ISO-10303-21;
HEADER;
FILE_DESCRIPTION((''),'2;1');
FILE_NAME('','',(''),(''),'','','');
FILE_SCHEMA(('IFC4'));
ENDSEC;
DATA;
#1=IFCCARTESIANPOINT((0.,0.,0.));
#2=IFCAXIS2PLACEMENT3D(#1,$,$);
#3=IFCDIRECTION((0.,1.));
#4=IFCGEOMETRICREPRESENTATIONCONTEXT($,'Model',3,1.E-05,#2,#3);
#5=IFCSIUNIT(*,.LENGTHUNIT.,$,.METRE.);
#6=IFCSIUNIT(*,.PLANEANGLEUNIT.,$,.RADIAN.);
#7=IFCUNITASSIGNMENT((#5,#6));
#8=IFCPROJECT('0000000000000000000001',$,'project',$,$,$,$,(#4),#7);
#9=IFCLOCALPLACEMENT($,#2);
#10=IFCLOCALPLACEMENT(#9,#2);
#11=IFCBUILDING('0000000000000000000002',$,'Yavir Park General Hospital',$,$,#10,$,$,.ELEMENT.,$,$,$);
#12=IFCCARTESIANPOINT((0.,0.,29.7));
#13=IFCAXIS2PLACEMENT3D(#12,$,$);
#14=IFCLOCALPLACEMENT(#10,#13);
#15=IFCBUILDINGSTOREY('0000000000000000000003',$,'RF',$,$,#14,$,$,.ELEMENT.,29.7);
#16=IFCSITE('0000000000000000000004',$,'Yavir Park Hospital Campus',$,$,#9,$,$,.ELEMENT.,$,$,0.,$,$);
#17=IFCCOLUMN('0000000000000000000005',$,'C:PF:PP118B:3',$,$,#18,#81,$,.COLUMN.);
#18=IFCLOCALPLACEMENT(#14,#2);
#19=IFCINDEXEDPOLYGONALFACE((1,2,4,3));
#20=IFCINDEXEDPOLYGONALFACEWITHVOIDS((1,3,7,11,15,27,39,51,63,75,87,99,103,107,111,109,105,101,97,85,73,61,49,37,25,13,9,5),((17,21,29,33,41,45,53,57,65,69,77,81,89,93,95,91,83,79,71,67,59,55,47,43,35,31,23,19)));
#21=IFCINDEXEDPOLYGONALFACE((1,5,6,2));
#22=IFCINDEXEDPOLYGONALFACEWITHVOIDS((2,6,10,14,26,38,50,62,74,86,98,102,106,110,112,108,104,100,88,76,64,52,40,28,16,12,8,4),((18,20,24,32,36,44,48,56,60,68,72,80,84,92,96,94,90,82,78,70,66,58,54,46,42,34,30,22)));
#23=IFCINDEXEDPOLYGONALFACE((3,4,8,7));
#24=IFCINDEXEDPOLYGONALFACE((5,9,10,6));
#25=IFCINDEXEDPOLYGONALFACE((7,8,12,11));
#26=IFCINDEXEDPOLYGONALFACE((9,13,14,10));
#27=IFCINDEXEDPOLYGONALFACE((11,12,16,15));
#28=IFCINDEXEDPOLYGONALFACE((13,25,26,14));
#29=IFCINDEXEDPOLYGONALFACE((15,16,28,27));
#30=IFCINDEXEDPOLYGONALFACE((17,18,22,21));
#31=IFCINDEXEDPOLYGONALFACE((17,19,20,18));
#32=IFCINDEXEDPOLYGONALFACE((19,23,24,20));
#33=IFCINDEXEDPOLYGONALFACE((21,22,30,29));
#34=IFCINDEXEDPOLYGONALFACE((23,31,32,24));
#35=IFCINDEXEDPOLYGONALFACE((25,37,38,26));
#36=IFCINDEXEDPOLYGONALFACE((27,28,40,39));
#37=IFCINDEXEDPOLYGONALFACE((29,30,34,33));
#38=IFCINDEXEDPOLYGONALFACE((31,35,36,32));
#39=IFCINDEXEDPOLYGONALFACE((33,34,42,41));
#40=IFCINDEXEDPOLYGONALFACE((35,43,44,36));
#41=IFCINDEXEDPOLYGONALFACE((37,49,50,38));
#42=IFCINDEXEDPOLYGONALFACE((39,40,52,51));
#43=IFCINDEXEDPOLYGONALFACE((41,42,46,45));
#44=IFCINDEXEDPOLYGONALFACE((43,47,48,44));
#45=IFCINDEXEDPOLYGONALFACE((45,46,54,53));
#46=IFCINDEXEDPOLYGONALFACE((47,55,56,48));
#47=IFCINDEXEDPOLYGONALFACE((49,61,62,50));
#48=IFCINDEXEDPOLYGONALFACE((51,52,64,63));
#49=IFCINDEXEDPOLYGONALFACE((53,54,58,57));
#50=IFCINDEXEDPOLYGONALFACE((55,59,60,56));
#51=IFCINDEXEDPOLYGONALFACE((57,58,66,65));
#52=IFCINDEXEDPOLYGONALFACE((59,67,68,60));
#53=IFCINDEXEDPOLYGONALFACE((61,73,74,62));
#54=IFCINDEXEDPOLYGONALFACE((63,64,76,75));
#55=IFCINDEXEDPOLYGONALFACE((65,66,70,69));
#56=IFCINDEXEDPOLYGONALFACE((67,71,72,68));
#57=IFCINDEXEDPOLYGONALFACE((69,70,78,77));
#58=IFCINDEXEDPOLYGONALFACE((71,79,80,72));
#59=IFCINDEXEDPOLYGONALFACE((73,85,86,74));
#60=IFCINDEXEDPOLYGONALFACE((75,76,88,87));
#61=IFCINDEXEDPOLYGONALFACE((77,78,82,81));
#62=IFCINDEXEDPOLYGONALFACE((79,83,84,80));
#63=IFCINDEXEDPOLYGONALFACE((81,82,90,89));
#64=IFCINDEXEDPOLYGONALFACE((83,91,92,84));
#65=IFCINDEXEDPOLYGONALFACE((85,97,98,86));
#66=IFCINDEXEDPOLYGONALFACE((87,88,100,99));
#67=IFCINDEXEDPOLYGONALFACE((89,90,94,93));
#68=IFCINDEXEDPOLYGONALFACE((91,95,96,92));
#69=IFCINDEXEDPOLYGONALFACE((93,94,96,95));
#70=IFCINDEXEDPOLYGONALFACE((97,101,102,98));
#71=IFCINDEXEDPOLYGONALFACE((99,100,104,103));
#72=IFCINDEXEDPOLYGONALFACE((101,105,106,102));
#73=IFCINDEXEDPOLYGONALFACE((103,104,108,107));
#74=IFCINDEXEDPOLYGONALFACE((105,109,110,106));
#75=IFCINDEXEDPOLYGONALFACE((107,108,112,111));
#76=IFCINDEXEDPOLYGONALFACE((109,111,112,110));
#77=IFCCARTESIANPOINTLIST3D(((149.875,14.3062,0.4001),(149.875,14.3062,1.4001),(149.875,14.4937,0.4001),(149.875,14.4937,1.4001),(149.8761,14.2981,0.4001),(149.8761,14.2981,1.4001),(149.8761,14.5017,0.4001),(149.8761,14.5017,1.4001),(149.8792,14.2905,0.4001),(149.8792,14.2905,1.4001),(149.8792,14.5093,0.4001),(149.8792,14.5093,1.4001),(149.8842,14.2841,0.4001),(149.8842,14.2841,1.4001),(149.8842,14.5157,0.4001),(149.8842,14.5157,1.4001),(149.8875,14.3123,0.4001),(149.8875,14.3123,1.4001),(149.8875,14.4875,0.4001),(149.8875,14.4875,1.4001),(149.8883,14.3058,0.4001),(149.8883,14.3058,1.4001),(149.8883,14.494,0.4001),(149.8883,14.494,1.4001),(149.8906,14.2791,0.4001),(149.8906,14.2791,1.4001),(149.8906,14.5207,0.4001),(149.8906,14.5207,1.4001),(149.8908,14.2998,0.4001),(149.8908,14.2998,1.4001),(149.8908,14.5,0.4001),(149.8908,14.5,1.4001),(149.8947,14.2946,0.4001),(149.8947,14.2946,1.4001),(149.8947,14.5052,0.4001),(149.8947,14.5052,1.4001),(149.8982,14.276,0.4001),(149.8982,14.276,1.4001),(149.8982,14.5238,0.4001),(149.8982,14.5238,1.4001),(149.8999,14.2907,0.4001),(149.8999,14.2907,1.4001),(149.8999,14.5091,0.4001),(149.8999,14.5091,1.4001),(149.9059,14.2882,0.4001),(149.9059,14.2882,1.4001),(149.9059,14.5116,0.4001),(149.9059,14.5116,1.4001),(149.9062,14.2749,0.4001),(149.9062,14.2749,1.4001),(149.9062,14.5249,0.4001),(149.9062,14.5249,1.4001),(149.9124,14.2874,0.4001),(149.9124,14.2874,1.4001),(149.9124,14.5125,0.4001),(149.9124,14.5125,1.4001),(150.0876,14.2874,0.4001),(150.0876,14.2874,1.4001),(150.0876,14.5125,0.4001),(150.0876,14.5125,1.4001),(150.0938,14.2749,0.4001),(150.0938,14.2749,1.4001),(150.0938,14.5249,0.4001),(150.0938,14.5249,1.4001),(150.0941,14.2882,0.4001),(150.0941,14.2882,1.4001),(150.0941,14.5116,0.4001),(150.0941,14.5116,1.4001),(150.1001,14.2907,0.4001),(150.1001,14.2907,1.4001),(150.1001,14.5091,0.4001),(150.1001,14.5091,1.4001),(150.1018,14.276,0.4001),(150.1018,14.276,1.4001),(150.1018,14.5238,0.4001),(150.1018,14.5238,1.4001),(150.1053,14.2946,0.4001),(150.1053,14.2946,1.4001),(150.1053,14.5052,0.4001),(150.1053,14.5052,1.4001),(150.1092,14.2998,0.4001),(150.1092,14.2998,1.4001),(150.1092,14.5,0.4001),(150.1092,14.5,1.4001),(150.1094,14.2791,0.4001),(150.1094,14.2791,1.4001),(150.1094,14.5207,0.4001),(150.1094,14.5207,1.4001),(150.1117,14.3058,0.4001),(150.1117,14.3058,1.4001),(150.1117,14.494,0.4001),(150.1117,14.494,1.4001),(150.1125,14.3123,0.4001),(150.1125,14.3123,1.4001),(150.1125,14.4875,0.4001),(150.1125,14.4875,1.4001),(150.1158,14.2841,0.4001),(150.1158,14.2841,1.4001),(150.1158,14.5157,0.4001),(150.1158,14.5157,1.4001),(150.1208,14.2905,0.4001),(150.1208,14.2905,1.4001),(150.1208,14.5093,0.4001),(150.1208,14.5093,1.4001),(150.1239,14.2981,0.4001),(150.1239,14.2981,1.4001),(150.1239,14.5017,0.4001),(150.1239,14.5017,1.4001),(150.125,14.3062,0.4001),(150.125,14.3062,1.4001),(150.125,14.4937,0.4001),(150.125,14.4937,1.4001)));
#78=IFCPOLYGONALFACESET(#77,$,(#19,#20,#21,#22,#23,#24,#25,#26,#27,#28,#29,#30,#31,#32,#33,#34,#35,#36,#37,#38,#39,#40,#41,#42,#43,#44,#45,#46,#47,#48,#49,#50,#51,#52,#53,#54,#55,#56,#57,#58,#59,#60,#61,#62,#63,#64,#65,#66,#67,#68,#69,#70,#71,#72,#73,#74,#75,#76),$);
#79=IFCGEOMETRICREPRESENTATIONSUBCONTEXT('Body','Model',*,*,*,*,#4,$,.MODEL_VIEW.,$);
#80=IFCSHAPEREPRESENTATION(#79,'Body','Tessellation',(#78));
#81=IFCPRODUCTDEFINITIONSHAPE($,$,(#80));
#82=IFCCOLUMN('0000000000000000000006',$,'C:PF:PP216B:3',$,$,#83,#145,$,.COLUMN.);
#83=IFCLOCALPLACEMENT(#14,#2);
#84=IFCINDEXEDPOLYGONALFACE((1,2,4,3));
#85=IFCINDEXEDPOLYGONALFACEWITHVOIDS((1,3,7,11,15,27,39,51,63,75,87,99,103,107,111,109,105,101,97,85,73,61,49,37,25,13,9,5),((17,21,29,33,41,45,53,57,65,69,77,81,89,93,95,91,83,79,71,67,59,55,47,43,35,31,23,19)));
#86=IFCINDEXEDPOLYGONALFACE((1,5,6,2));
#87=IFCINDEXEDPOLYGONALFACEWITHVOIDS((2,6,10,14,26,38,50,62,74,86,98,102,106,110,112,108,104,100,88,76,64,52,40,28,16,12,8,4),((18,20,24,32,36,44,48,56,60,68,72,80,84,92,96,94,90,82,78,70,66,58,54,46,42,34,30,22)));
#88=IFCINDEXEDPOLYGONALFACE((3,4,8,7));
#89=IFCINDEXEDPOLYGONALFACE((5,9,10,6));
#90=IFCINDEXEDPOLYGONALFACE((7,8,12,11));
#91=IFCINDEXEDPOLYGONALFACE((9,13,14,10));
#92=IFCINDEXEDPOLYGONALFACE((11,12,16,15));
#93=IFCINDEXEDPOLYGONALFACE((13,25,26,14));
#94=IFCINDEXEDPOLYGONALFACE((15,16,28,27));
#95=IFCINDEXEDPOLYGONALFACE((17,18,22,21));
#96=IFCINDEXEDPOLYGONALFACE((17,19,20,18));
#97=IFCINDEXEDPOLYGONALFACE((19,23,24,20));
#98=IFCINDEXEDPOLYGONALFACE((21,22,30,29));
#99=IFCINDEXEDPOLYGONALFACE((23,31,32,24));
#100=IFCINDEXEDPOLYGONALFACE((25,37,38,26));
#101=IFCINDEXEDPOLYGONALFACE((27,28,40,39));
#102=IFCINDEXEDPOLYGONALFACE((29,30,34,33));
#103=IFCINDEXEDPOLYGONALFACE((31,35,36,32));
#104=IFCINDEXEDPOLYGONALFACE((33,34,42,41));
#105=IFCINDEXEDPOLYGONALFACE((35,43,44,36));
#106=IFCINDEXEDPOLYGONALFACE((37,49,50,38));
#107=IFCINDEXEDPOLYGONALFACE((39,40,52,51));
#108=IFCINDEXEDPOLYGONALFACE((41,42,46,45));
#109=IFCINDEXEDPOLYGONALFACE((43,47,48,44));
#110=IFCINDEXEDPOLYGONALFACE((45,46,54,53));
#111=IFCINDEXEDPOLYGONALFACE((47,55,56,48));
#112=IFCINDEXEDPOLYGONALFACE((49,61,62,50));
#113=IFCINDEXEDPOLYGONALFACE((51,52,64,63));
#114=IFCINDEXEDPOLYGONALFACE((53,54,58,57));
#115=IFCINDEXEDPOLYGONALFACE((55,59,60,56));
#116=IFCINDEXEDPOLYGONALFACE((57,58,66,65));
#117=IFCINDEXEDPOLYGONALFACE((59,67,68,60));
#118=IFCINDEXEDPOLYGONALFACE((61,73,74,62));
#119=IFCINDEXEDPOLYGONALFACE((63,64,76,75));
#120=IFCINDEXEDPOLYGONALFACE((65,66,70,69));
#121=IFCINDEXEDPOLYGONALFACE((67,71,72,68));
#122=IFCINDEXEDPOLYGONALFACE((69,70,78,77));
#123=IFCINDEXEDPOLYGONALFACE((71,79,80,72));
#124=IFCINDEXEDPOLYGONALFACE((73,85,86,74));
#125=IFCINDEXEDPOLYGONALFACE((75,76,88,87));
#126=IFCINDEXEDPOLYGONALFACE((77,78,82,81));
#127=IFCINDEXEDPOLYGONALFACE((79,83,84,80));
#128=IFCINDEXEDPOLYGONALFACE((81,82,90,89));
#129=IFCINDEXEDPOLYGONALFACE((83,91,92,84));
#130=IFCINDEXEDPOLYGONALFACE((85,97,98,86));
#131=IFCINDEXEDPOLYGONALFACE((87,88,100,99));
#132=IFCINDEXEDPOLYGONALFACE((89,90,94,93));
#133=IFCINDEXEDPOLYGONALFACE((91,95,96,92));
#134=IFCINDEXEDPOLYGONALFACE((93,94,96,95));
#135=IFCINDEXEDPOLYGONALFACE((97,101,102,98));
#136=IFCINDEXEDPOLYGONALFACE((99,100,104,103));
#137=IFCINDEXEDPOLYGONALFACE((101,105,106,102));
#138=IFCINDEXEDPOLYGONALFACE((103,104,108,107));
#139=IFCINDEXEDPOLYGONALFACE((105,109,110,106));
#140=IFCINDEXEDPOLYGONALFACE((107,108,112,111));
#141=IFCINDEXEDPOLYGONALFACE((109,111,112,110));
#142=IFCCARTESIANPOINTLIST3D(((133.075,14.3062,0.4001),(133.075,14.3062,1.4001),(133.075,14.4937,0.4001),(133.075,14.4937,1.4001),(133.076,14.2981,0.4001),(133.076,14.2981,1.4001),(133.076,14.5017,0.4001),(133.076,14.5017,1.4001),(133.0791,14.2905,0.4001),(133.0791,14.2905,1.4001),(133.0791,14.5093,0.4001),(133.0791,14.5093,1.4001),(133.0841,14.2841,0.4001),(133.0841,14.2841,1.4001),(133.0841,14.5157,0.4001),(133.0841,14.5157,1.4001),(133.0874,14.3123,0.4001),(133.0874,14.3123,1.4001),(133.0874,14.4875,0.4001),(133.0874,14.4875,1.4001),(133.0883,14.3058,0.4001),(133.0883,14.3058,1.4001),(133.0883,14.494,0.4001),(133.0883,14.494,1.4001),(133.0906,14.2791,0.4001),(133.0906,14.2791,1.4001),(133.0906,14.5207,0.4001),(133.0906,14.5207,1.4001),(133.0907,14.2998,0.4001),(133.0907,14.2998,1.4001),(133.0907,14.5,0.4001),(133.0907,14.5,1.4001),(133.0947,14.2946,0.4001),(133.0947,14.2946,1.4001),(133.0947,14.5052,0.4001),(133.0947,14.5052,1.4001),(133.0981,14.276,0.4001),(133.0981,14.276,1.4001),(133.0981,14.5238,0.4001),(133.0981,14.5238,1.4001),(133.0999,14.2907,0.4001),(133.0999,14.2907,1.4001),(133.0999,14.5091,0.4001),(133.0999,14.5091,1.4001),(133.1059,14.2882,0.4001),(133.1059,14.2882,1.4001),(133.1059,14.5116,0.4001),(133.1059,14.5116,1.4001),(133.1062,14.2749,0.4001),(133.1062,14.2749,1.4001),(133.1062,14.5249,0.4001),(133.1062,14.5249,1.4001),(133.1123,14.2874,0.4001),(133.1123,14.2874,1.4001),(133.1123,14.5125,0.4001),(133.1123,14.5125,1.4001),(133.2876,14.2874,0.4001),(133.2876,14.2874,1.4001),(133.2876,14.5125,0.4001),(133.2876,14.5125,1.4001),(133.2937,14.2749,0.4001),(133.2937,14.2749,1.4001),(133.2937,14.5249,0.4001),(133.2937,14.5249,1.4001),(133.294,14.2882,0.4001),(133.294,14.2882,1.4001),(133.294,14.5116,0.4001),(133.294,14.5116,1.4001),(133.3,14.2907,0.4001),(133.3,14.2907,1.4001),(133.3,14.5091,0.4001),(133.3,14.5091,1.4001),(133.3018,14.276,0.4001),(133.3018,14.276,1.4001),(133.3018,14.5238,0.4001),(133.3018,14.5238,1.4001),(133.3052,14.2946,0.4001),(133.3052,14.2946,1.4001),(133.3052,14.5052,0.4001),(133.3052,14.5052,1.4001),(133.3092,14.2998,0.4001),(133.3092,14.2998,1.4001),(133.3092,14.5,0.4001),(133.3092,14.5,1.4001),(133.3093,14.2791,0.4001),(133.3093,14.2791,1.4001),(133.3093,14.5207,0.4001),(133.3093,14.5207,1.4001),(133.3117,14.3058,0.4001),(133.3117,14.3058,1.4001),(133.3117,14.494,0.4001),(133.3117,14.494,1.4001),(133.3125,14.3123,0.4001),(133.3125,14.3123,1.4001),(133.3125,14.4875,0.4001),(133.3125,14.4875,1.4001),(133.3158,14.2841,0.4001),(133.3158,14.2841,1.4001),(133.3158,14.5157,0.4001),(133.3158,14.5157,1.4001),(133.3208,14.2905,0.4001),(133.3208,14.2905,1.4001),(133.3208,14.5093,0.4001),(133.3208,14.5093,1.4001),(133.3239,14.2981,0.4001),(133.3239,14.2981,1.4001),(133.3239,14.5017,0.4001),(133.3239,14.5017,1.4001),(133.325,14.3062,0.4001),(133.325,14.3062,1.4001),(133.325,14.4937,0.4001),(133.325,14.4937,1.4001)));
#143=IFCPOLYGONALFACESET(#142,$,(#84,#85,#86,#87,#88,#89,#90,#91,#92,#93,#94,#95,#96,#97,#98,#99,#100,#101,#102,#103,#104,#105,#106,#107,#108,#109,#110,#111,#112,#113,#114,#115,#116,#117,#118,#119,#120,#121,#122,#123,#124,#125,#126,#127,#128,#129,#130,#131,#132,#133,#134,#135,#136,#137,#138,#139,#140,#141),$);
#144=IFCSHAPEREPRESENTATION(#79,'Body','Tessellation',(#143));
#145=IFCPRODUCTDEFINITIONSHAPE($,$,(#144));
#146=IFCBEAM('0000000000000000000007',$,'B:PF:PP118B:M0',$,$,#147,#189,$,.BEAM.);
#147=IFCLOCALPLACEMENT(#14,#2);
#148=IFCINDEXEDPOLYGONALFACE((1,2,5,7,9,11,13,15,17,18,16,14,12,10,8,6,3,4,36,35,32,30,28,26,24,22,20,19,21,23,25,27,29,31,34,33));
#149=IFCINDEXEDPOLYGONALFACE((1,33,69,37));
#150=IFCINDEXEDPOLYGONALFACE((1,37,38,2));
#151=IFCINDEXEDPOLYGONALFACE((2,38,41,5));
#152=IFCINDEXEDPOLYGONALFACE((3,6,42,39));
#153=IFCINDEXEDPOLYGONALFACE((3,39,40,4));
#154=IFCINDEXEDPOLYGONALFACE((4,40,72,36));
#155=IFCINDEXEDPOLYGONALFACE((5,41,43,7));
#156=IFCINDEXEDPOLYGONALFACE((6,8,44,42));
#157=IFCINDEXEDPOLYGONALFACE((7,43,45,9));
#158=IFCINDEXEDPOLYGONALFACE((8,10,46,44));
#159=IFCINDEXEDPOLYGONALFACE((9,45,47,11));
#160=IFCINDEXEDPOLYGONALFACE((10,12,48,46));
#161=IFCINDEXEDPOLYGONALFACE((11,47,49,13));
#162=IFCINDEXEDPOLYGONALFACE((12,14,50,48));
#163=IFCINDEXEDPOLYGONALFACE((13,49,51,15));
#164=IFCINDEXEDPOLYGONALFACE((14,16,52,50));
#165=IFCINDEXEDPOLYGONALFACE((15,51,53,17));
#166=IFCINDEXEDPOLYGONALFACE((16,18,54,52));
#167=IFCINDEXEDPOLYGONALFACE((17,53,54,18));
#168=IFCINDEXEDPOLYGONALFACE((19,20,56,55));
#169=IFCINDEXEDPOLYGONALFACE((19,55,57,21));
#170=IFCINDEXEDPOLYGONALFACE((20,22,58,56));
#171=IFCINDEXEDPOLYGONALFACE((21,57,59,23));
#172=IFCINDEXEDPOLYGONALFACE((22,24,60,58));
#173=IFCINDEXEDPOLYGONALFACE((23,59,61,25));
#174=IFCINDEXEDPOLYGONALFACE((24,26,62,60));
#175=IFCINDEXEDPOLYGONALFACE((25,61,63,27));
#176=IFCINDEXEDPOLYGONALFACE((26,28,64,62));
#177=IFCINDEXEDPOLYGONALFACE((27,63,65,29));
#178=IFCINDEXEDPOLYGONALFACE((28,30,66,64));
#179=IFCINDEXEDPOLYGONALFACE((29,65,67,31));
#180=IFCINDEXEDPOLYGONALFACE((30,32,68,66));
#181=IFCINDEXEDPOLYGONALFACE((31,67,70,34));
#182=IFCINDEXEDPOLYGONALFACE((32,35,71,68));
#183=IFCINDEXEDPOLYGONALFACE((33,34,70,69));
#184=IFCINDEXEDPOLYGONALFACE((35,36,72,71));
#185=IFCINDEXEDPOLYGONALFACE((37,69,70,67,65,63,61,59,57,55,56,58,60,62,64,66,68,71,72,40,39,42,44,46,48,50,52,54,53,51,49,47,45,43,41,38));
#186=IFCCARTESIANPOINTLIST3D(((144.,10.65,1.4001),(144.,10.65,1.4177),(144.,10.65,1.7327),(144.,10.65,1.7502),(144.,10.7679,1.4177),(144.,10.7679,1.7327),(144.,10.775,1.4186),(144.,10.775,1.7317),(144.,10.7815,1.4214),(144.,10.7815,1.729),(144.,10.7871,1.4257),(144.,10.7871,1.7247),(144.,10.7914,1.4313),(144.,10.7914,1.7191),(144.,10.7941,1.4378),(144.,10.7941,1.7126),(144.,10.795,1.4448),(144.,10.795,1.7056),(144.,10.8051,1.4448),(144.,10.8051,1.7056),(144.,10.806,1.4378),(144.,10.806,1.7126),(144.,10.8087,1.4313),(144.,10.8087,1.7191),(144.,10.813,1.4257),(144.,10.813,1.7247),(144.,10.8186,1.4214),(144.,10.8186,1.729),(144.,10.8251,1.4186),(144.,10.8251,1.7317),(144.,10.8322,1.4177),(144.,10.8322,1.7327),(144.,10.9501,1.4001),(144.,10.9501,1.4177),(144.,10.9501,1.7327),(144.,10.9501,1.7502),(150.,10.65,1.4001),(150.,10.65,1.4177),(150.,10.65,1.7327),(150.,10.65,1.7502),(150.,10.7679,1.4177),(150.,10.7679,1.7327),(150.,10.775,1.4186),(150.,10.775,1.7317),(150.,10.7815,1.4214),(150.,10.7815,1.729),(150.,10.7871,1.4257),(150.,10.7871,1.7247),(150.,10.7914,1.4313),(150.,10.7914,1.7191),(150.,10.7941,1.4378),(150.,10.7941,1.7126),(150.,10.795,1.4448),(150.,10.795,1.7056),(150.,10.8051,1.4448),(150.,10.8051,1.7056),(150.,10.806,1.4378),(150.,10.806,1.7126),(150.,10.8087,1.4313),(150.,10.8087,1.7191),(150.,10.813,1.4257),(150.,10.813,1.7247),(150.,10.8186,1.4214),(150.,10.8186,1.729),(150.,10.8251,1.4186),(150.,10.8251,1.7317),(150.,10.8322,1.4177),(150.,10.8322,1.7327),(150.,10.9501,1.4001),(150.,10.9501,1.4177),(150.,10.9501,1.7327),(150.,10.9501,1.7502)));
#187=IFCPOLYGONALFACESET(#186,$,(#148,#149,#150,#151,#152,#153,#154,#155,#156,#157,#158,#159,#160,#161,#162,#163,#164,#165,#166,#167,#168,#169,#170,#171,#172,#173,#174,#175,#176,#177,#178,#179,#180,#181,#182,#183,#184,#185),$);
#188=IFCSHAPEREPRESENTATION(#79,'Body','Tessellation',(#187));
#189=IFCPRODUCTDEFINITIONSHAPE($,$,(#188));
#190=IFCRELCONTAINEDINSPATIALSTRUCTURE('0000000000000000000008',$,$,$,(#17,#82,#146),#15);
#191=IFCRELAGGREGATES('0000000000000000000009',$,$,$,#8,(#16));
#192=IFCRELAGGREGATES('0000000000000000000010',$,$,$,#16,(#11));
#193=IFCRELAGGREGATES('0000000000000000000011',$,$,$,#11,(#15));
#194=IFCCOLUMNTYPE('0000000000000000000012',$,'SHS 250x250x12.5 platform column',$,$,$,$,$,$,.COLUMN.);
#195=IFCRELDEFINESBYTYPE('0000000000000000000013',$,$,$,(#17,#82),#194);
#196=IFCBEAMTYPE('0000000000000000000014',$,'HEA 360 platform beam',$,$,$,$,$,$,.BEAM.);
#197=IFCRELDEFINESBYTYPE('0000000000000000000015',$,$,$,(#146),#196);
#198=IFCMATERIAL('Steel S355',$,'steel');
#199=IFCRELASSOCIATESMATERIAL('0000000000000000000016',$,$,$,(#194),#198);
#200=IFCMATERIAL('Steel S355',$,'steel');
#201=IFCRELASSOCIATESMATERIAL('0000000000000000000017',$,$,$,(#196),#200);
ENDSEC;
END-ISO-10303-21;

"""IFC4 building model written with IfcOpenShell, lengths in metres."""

from ifc_helpers import new_model, si_unit, direction, frame, origin, origin_2d, place, context, subcontext, project, spatial, hollow_rectangle, i_section, extrude, material, material_profile, profile_set, type_object, element, save


model = new_model("IFC4")

# Units and contexts
model_context = context("Model", 3, precision=1e-05, world=origin(), true_north=direction((0.0, 1.0)))
body_context = subcontext(model_context, "Body", "Model", "MODEL_VIEW")
ifc_project = project(units=[si_unit("LENGTHUNIT", "METRE"), si_unit("PLANEANGLEUNIT", "RADIAN")], contexts=[model_context])

# Site, building, storey
site_placement = place(None, origin())
site = spatial("IfcSite", under=ifc_project, at=site_placement, Name="Yavir Park Hospital Campus", CompositionType="ELEMENT", RefElevation=0.0)
building_placement = place(site_placement, origin())
building = spatial("IfcBuilding", under=site, at=building_placement, Name="Yavir Park General Hospital", CompositionType="ELEMENT")
storey_placement = place(building_placement, frame((0.0, 0.0, 29.7)))
storey = spatial("IfcBuildingStorey", under=building, at=storey_placement, Name="RF", CompositionType="ELEMENT", Elevation=29.7)

# Columns
ifc_material_1 = material(Name="Steel S355", Category="steel")
ifc_material_profile_1 = material_profile(ifc_material_1, hollow_rectangle(XDim=0.25, YDim=0.25, WallThickness=0.0125, InnerFilletRadius=0.0249, OuterFilletRadius=0.0312, at=origin_2d()), Name="SHS250x250x12.5")
ifc_profile_set_1 = profile_set([ifc_material_profile_1], Name="Steel S355")
column_type_1 = type_object("IfcColumnType", Name="SHS 250x250x12.5 platform column", PredefinedType="COLUMN", material=ifc_profile_set_1)
for number, where, z_axis, x_axis, name in (
    (1, (150.0, 14.3999, 0.4001), (0.0, 0.0, 1.0), (1.0, 0.0, 0.0), "C:PF:PP118B:3"),
    (2, (133.2, 14.3999, 0.4001), (0.0, 0.0, 1.0), (1.0, 0.0, 0.0), "C:PF:PP216B:3"),
):
    element("IfcColumn", number, at=place(storey_placement, frame(where, z_axis=z_axis, x_axis=x_axis)), inside=storey, type_object=column_type_1, Name=name, PredefinedType="COLUMN", context=body_context, shape_type="SweptSolid", body=[
        extrude(hollow_rectangle(XDim=0.25, YDim=0.25, WallThickness=0.0125, InnerFilletRadius=0.0249, OuterFilletRadius=0.0312, at=origin_2d()), origin(), (0.0, 0.0, 1.0), 1.0),
    ])

# Beam
ifc_material_2 = material(Name="Steel S355", Category="steel")
ifc_material_profile_2 = material_profile(ifc_material_2, i_section(OverallWidth=0.3, OverallDepth=0.3501, WebThickness=0.01, FlangeThickness=0.0176, FilletRadius=0.0271, at=origin_2d()), Name="HEA360")
ifc_profile_set_2 = profile_set([ifc_material_profile_2], Name="Steel S355")
beam_type_1 = type_object("IfcBeamType", Name="HEA 360 platform beam", PredefinedType="BEAM", material=ifc_profile_set_2)
for number, where, z_axis, x_axis, name in (
    (3, (144.0, 10.8, 1.5752), (1.0, 0.0, 0.0), (0.0, 1.0, 0.0), "B:PF:PP118B:M0"),
):
    element("IfcBeam", number, at=place(storey_placement, frame(where, z_axis=z_axis, x_axis=x_axis)), inside=storey, type_object=beam_type_1, Name=name, PredefinedType="BEAM", context=body_context, shape_type="SweptSolid", body=[
        extrude(i_section(OverallWidth=0.3, OverallDepth=0.3501, WebThickness=0.01, FlangeThickness=0.0176, FilletRadius=0.0271, at=origin_2d()), origin(), (0.0, 0.0, 1.0), 6.0),
    ])

save(model, "model.ifc")
